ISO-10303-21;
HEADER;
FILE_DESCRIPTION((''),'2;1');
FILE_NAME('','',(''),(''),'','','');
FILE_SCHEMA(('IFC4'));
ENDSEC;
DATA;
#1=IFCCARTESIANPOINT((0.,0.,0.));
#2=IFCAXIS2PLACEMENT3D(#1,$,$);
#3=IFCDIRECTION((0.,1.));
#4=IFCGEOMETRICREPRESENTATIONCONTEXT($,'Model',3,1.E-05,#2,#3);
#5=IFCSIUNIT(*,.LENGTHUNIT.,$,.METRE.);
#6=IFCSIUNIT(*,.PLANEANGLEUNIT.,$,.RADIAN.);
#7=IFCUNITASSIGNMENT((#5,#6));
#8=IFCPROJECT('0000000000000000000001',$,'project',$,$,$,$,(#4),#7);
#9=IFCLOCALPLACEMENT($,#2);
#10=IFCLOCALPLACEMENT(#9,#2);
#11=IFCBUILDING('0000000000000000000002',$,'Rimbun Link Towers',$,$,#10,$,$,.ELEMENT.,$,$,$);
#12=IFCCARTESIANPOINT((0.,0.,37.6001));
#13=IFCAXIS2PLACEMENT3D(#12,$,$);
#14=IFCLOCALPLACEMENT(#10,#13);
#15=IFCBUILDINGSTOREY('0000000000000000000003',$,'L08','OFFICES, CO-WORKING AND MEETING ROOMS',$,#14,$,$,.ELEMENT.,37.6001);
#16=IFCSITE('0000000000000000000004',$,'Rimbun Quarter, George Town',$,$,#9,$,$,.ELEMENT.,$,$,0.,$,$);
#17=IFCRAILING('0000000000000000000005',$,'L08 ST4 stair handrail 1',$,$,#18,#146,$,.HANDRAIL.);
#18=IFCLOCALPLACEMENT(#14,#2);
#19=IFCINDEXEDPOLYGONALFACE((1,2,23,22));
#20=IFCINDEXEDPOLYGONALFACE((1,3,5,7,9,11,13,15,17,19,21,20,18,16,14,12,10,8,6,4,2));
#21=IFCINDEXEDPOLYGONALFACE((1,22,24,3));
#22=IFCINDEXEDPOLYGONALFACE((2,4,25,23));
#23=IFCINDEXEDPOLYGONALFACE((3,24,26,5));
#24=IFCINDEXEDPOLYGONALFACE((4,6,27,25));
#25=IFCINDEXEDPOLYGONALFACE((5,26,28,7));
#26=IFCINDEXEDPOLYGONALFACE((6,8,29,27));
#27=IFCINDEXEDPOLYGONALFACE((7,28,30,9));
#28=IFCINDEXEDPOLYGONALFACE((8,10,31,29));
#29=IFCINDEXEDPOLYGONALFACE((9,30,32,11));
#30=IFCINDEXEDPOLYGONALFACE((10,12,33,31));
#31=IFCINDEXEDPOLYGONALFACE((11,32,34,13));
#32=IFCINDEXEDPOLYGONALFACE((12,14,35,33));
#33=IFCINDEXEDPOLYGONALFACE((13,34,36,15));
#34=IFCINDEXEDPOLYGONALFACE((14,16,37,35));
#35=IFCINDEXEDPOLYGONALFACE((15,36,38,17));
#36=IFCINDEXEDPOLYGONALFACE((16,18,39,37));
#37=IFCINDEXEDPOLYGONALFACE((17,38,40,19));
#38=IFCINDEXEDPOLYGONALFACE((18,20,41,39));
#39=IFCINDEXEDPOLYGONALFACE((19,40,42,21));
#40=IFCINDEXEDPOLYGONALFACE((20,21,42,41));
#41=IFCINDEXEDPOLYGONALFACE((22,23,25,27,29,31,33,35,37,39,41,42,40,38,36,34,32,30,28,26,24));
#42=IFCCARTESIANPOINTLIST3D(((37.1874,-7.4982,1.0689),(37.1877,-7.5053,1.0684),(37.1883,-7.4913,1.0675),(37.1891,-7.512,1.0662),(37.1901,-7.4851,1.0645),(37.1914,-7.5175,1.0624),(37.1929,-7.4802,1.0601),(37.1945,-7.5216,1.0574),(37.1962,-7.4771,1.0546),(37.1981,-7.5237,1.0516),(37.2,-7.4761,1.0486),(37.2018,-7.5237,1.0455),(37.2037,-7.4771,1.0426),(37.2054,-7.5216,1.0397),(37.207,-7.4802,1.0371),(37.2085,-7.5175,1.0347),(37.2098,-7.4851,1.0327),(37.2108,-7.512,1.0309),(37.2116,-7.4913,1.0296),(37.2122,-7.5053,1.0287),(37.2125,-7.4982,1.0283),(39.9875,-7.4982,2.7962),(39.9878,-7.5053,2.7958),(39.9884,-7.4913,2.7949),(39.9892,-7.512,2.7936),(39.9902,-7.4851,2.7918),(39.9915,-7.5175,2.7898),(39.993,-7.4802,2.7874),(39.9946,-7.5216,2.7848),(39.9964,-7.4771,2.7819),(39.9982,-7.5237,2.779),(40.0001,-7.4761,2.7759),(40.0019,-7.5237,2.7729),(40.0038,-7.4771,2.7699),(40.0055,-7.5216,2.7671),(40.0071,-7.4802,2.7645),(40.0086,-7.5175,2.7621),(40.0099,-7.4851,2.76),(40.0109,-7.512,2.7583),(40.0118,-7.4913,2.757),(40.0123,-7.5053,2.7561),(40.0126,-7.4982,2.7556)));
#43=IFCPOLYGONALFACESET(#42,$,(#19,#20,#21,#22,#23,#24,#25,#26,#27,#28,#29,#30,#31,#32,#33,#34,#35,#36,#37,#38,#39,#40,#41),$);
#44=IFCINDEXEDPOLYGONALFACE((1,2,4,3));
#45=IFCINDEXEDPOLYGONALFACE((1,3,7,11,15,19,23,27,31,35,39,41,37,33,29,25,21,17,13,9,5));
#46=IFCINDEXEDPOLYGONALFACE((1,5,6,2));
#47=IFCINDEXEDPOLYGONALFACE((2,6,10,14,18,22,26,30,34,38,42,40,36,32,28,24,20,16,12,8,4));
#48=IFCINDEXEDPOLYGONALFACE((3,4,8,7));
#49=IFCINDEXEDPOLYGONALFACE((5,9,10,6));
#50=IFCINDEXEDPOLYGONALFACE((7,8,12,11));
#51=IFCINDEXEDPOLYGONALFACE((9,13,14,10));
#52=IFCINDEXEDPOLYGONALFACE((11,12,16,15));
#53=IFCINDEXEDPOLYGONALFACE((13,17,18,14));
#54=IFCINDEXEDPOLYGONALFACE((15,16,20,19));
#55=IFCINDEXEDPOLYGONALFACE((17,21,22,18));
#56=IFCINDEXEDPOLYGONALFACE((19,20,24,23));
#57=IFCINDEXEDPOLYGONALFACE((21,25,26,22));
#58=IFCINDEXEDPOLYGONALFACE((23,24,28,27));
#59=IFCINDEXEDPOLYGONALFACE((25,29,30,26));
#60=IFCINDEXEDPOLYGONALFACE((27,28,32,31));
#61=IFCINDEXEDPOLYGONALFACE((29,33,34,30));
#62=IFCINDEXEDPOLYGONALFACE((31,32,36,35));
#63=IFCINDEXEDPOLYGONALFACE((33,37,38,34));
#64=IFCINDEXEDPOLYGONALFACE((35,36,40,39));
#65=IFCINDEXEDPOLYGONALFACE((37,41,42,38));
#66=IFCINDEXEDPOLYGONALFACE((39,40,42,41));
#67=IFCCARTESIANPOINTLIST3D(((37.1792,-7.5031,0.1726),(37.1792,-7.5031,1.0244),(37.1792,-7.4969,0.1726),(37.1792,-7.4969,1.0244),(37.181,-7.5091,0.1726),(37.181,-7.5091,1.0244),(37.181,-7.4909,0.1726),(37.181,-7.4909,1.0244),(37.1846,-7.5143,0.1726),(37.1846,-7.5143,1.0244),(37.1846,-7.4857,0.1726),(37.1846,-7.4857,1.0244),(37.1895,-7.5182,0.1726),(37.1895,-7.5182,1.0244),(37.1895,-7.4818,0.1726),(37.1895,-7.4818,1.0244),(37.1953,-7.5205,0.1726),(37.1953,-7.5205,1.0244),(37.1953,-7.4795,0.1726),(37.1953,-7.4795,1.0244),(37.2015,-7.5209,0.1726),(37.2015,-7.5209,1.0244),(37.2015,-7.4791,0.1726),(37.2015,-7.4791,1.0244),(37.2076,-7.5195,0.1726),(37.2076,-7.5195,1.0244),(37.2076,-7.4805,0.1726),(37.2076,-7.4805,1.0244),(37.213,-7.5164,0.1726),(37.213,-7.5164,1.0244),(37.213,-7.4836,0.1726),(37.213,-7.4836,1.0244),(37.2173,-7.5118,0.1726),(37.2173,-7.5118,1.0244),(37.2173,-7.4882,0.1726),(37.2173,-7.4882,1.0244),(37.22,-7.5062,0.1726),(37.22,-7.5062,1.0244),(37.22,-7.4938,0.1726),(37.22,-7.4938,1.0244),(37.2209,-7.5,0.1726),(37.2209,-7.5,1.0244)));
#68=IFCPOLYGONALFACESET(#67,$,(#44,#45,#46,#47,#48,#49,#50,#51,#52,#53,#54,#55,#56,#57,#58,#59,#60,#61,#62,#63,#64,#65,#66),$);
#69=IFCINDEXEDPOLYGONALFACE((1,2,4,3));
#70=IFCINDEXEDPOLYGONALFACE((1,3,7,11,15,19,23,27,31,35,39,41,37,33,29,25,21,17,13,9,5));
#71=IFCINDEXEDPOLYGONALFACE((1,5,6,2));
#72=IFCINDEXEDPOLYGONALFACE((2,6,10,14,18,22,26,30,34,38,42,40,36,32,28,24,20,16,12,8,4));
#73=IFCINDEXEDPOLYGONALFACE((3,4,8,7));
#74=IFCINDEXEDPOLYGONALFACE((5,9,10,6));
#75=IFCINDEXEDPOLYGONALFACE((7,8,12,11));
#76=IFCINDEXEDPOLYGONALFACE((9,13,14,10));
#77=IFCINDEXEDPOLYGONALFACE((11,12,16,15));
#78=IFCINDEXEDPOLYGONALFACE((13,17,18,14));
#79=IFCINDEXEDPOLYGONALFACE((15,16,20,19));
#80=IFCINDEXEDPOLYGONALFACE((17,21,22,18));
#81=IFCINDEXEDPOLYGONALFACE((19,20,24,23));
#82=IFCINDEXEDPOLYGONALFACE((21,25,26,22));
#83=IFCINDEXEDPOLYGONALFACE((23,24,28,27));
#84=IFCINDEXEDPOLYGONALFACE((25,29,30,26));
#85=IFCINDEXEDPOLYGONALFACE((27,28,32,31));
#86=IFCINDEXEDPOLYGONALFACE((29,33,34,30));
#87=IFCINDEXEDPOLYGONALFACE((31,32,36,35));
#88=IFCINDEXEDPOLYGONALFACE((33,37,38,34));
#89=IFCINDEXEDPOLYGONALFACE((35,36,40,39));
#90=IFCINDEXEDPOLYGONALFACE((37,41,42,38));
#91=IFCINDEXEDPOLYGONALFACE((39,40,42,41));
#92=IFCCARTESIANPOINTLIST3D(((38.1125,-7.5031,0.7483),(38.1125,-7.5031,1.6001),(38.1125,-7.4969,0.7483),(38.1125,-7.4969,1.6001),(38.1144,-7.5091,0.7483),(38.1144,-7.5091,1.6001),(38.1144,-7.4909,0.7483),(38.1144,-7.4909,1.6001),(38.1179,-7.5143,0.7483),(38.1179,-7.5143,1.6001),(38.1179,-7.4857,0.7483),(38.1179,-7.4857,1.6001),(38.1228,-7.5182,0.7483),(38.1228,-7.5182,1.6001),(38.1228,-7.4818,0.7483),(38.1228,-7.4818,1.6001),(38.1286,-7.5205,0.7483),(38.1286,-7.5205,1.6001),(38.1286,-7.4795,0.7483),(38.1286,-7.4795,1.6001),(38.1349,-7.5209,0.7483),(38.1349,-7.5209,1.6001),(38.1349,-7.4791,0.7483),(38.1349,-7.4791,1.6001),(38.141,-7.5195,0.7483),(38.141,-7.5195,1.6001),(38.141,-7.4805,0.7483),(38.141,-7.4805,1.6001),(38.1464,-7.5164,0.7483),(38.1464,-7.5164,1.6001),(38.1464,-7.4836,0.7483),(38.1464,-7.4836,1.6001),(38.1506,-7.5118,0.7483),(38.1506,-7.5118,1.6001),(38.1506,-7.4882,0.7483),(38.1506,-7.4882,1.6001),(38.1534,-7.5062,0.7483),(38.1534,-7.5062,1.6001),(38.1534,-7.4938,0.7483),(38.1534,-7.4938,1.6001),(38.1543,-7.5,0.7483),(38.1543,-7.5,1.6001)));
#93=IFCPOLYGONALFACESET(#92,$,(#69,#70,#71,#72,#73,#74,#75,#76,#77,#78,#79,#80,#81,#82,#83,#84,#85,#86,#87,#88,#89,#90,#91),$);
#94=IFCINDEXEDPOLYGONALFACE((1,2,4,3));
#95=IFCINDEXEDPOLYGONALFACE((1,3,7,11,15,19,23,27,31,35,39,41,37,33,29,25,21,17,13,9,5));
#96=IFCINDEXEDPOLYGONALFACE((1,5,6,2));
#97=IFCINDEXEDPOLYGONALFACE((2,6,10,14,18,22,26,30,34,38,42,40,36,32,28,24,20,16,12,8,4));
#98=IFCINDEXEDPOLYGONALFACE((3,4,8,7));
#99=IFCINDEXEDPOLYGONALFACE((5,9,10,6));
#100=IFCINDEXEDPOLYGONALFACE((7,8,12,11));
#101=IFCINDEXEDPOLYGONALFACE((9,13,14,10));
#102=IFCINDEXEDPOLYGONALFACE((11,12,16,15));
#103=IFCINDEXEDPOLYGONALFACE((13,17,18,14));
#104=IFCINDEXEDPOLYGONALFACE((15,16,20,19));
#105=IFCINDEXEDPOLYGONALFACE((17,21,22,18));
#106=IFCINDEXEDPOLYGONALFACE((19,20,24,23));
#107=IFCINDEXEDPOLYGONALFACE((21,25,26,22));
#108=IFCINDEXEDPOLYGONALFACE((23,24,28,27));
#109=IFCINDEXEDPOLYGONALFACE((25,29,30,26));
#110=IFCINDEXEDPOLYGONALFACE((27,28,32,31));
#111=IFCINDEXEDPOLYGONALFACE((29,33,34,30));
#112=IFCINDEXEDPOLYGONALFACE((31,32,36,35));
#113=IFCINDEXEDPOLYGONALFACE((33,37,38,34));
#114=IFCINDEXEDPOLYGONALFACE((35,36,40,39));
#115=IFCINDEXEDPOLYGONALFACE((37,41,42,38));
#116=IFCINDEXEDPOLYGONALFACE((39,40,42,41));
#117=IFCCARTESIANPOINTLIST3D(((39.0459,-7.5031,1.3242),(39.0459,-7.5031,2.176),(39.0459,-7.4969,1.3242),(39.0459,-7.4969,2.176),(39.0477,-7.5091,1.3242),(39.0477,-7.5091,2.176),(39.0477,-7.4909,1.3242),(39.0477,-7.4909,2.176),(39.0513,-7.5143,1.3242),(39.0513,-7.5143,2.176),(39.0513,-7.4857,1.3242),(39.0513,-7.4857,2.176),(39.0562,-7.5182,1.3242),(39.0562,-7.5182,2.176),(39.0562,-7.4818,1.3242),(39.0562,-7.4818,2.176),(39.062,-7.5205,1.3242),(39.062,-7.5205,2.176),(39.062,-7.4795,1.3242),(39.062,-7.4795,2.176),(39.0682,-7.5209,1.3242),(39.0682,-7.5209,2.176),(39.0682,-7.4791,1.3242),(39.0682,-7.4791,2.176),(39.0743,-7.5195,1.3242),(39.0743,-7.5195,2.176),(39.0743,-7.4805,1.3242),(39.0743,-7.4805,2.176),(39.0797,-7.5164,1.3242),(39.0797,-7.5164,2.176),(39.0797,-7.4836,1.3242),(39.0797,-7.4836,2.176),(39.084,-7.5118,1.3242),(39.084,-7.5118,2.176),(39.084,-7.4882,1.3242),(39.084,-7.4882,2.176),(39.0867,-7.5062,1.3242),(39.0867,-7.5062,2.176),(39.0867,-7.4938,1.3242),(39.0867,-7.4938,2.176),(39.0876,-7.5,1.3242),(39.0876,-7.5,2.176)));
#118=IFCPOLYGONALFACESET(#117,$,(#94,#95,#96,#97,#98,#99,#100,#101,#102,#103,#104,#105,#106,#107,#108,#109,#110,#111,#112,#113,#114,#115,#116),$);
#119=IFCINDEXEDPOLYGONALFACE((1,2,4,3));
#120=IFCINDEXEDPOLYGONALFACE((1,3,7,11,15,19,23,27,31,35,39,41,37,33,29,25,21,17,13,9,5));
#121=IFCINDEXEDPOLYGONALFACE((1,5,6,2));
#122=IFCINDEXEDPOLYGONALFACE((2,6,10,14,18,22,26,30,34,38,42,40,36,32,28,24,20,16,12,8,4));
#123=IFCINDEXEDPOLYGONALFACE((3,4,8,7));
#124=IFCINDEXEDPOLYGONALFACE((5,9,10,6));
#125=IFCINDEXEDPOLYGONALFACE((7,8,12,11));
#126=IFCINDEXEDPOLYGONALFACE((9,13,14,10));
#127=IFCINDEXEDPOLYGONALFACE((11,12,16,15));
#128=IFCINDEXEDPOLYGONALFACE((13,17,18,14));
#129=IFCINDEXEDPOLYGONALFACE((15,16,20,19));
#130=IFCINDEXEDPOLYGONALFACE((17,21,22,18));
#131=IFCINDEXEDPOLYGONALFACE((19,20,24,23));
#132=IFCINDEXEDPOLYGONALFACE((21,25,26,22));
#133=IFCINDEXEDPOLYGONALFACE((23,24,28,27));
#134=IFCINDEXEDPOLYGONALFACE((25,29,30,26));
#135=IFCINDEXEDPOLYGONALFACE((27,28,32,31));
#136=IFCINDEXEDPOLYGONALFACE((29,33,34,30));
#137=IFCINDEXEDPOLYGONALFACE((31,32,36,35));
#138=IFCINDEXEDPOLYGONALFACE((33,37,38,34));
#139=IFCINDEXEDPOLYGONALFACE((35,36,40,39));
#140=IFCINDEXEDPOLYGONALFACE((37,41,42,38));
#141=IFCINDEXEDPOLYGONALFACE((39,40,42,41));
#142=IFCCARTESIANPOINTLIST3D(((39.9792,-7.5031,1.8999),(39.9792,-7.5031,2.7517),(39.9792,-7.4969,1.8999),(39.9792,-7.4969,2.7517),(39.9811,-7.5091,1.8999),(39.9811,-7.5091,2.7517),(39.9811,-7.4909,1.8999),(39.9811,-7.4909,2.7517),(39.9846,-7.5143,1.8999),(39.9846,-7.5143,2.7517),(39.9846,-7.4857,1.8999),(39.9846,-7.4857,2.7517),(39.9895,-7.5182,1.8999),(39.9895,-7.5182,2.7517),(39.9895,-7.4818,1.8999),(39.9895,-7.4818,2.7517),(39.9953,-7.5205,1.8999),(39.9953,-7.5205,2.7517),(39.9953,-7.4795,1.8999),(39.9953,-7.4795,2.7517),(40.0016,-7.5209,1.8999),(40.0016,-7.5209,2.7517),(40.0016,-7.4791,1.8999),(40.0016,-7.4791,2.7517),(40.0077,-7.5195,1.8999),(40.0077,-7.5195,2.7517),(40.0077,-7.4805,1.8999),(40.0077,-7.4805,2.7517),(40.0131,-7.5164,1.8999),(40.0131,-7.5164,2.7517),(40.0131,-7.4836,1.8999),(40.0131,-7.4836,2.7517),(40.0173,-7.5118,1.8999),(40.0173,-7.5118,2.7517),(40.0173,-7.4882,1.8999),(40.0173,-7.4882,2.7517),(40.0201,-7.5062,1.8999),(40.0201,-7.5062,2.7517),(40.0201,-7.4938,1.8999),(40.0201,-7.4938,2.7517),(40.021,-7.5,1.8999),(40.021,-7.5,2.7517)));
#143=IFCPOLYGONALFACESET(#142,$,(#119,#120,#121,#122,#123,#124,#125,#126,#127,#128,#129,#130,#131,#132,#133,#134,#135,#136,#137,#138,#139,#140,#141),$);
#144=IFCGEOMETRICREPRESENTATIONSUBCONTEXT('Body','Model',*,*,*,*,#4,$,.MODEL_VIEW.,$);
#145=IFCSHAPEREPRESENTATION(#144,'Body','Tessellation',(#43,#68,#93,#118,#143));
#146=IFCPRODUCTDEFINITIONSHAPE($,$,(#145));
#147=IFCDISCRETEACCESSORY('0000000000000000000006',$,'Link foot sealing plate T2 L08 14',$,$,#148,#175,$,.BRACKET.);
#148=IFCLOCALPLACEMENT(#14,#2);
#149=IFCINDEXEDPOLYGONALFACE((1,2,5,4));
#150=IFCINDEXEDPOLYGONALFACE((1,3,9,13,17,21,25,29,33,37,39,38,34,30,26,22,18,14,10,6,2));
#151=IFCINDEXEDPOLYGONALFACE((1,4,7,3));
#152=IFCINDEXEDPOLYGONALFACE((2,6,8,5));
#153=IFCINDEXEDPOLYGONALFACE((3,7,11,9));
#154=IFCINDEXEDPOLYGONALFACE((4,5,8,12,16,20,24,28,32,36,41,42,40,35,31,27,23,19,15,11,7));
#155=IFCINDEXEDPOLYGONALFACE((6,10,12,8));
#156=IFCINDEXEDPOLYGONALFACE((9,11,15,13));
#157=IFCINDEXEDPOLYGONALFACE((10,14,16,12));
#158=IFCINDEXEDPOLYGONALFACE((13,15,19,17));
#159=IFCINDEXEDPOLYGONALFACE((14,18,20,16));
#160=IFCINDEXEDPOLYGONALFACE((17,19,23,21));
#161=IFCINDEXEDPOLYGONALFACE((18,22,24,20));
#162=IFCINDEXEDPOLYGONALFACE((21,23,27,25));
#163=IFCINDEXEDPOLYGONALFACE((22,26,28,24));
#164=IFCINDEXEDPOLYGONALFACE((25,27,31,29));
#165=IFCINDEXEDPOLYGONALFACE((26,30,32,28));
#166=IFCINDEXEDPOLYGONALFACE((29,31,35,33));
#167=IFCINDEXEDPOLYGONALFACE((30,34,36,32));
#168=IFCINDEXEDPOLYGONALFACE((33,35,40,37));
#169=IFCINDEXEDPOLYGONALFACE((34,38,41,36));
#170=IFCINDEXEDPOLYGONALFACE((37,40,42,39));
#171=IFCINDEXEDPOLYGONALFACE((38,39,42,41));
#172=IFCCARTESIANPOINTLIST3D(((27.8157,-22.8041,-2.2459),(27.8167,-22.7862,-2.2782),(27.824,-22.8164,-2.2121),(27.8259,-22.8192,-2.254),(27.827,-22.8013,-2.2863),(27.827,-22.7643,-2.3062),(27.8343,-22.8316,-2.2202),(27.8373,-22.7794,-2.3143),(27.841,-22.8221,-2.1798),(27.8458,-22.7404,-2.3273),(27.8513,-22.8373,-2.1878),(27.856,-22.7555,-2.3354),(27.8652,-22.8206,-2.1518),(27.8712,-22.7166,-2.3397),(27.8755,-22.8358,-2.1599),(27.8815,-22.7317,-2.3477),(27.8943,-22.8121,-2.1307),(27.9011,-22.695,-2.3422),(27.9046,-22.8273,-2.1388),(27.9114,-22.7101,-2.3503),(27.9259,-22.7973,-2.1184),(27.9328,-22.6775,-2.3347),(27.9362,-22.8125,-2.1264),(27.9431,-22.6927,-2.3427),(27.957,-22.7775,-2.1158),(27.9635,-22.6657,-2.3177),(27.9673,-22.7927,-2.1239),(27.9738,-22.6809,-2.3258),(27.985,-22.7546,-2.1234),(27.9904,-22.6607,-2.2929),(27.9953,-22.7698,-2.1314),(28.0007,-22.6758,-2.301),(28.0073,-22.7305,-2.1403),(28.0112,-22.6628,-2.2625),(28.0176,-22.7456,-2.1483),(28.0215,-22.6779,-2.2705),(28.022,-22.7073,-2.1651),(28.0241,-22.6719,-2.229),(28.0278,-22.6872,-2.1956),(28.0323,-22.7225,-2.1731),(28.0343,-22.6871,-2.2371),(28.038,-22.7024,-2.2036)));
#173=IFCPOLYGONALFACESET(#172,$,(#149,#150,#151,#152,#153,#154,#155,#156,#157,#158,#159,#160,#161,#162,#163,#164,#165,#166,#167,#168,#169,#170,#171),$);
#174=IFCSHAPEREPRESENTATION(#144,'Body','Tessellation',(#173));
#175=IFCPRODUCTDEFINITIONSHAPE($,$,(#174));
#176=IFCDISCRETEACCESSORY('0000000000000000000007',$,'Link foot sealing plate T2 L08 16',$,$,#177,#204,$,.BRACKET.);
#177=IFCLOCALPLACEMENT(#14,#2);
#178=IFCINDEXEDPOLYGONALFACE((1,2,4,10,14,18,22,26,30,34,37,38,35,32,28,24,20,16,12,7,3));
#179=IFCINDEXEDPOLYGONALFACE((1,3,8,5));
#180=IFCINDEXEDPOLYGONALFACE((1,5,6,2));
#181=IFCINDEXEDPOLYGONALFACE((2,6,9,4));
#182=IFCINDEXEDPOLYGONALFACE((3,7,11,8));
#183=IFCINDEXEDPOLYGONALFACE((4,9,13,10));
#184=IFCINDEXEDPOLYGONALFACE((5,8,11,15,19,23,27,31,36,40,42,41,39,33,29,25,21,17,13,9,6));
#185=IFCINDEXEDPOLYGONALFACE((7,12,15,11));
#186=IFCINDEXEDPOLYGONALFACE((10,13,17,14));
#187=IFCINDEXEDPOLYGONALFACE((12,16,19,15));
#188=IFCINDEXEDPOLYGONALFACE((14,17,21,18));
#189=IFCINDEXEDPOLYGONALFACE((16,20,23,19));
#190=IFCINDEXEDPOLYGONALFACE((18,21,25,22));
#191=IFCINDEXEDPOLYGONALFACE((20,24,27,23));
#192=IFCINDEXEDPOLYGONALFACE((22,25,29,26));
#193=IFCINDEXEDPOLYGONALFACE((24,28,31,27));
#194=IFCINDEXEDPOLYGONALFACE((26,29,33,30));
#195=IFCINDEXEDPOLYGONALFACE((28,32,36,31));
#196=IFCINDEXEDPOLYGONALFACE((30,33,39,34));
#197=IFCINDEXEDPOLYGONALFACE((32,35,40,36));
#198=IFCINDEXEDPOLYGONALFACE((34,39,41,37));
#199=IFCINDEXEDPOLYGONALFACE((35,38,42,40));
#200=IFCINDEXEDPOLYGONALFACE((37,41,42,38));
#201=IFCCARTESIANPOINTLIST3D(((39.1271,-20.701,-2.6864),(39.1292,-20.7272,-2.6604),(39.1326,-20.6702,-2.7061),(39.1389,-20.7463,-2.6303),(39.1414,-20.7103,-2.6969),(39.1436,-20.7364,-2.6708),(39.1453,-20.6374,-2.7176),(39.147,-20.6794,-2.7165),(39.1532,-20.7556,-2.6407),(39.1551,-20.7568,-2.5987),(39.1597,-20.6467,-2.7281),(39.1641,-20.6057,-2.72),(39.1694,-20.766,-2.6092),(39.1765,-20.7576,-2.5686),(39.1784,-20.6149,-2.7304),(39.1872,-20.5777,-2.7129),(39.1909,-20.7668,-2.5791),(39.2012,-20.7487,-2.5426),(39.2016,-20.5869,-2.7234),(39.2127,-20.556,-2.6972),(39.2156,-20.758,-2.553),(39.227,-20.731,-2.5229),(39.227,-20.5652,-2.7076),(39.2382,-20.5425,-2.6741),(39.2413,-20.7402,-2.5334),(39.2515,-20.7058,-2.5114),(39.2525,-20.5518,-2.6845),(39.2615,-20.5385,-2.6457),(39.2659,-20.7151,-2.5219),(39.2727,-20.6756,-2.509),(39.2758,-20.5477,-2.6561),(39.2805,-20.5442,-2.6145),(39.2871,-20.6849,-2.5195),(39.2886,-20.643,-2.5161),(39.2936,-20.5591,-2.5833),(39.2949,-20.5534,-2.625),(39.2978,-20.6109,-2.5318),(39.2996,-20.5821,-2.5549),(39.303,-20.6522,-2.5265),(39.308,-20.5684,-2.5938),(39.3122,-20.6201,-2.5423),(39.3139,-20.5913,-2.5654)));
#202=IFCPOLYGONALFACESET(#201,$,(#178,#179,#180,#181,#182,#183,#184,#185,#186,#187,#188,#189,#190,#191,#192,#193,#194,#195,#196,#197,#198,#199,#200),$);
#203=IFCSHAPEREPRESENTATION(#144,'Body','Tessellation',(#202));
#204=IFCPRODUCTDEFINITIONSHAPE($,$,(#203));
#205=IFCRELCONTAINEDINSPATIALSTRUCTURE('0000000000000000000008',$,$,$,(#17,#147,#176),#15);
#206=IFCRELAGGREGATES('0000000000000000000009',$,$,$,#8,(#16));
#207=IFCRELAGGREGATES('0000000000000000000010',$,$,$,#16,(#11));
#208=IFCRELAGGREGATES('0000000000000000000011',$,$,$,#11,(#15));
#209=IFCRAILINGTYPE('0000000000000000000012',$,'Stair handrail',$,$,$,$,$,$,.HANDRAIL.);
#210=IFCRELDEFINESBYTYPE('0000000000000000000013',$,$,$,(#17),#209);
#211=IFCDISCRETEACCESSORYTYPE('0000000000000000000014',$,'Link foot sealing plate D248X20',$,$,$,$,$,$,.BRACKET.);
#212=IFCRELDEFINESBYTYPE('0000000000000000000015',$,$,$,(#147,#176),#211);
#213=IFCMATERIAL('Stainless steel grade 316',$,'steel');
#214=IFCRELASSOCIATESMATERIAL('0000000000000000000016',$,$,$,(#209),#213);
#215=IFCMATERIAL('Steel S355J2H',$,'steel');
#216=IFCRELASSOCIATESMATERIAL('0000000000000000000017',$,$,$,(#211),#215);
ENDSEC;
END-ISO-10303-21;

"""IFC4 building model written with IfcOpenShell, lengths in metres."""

from ifc_helpers import new_model, si_unit, direction, frame, origin, origin_2d, place, context, subcontext, project, spatial, circle, extrude, material, material_profile, profile_set, type_object, element, save


model = new_model("IFC4")

# Units and contexts
model_context = context("Model", 3, precision=1e-05, world=origin(), true_north=direction((0.0, 1.0)))
body_context = subcontext(model_context, "Body", "Model", "MODEL_VIEW")
ifc_project = project(units=[si_unit("LENGTHUNIT", "METRE"), si_unit("PLANEANGLEUNIT", "RADIAN")], contexts=[model_context])

# Site, building, storey
site_placement = place(None, origin())
site = spatial("IfcSite", under=ifc_project, at=site_placement, Name="Rimbun Quarter, George Town", CompositionType="ELEMENT", RefElevation=0.0)
building_placement = place(site_placement, origin())
building = spatial("IfcBuilding", under=site, at=building_placement, Name="Rimbun Link Towers", CompositionType="ELEMENT")
storey_placement = place(building_placement, frame((0.0, 0.0, 37.6001)))
storey = spatial("IfcBuildingStorey", under=building, at=storey_placement, Name="L08", Description="OFFICES, CO-WORKING AND MEETING ROOMS", CompositionType="ELEMENT", Elevation=37.6001)

# Railing
ifc_material_1 = material(Name="Stainless steel grade 316", Category="steel")
railing_type_1 = type_object("IfcRailingType", Name="Stair handrail", PredefinedType="HANDRAIL", material=ifc_material_1)
railing_1_placement = place(storey_placement, frame((37.2, -7.5, 0.1726)))
element("IfcRailing", 1, at=railing_1_placement, inside=storey, type_object=railing_type_1, Name="L08 ST4 stair handrail 1", PredefinedType="HANDRAIL", context=body_context, shape_type="SweptSolid", body=[
    extrude(circle(Radius=0.0239, at=origin_2d()), frame((0.0, 0.0, 0.876), z_axis=(0.85109, 0.0, 0.52502), x_axis=(0.0, 1.0, 0.0)), (0.0, 0.0, 1.0), 3.29),
    extrude(circle(Radius=0.021, at=origin_2d()), origin(), (0.0, 0.0, 1.0), 0.8518),
    extrude(circle(Radius=0.021, at=origin_2d()), frame((0.9333, 0.0, 0.5757)), (0.0, 0.0, 1.0), 0.8518),
    extrude(circle(Radius=0.021, at=origin_2d()), frame((1.8667, 0.0, 1.1516)), (0.0, 0.0, 1.0), 0.8518),
    extrude(circle(Radius=0.021, at=origin_2d()), frame((2.8, 0.0, 1.7273)), (0.0, 0.0, 1.0), 0.8518),
])

# Discrete accessories
ifc_material_2 = material(Name="Steel S355J2H", Category="steel")
ifc_material_profile_1 = material_profile(ifc_material_2, circle(Radius=0.124, at=origin_2d()), Name="PL D248")
ifc_profile_set_1 = profile_set([ifc_material_profile_1], Name="Steel S355J2H")
discrete_accessory_type = type_object("IfcDiscreteAccessoryType", Name="Link foot sealing plate D248X20", PredefinedType="BRACKET", material=ifc_profile_set_1)
for number, where, z_axis, x_axis, name in (
    (2, (27.9214, -22.7415, -2.229), (0.513227, -0.75762, -0.403249), (0.827919, 0.560848, 0.0), "Link foot sealing plate T2 L08 14"),
    (3, (39.2134, -20.6484, -2.6145), (0.716852, -0.461701, -0.522451), (0.541478, 0.840715, 0.0), "Link foot sealing plate T2 L08 16"),
):
    element("IfcDiscreteAccessory", number, at=place(storey_placement, frame(where, z_axis=z_axis, x_axis=x_axis)), inside=storey, type_object=discrete_accessory_type, Name=name, PredefinedType="BRACKET", context=body_context, shape_type="SweptSolid", body=[
        extrude(circle(Radius=0.124, at=origin_2d()), origin(), (0.0, 0.0, 1.0), 0.02),
    ])

save(model, "model.ifc")
